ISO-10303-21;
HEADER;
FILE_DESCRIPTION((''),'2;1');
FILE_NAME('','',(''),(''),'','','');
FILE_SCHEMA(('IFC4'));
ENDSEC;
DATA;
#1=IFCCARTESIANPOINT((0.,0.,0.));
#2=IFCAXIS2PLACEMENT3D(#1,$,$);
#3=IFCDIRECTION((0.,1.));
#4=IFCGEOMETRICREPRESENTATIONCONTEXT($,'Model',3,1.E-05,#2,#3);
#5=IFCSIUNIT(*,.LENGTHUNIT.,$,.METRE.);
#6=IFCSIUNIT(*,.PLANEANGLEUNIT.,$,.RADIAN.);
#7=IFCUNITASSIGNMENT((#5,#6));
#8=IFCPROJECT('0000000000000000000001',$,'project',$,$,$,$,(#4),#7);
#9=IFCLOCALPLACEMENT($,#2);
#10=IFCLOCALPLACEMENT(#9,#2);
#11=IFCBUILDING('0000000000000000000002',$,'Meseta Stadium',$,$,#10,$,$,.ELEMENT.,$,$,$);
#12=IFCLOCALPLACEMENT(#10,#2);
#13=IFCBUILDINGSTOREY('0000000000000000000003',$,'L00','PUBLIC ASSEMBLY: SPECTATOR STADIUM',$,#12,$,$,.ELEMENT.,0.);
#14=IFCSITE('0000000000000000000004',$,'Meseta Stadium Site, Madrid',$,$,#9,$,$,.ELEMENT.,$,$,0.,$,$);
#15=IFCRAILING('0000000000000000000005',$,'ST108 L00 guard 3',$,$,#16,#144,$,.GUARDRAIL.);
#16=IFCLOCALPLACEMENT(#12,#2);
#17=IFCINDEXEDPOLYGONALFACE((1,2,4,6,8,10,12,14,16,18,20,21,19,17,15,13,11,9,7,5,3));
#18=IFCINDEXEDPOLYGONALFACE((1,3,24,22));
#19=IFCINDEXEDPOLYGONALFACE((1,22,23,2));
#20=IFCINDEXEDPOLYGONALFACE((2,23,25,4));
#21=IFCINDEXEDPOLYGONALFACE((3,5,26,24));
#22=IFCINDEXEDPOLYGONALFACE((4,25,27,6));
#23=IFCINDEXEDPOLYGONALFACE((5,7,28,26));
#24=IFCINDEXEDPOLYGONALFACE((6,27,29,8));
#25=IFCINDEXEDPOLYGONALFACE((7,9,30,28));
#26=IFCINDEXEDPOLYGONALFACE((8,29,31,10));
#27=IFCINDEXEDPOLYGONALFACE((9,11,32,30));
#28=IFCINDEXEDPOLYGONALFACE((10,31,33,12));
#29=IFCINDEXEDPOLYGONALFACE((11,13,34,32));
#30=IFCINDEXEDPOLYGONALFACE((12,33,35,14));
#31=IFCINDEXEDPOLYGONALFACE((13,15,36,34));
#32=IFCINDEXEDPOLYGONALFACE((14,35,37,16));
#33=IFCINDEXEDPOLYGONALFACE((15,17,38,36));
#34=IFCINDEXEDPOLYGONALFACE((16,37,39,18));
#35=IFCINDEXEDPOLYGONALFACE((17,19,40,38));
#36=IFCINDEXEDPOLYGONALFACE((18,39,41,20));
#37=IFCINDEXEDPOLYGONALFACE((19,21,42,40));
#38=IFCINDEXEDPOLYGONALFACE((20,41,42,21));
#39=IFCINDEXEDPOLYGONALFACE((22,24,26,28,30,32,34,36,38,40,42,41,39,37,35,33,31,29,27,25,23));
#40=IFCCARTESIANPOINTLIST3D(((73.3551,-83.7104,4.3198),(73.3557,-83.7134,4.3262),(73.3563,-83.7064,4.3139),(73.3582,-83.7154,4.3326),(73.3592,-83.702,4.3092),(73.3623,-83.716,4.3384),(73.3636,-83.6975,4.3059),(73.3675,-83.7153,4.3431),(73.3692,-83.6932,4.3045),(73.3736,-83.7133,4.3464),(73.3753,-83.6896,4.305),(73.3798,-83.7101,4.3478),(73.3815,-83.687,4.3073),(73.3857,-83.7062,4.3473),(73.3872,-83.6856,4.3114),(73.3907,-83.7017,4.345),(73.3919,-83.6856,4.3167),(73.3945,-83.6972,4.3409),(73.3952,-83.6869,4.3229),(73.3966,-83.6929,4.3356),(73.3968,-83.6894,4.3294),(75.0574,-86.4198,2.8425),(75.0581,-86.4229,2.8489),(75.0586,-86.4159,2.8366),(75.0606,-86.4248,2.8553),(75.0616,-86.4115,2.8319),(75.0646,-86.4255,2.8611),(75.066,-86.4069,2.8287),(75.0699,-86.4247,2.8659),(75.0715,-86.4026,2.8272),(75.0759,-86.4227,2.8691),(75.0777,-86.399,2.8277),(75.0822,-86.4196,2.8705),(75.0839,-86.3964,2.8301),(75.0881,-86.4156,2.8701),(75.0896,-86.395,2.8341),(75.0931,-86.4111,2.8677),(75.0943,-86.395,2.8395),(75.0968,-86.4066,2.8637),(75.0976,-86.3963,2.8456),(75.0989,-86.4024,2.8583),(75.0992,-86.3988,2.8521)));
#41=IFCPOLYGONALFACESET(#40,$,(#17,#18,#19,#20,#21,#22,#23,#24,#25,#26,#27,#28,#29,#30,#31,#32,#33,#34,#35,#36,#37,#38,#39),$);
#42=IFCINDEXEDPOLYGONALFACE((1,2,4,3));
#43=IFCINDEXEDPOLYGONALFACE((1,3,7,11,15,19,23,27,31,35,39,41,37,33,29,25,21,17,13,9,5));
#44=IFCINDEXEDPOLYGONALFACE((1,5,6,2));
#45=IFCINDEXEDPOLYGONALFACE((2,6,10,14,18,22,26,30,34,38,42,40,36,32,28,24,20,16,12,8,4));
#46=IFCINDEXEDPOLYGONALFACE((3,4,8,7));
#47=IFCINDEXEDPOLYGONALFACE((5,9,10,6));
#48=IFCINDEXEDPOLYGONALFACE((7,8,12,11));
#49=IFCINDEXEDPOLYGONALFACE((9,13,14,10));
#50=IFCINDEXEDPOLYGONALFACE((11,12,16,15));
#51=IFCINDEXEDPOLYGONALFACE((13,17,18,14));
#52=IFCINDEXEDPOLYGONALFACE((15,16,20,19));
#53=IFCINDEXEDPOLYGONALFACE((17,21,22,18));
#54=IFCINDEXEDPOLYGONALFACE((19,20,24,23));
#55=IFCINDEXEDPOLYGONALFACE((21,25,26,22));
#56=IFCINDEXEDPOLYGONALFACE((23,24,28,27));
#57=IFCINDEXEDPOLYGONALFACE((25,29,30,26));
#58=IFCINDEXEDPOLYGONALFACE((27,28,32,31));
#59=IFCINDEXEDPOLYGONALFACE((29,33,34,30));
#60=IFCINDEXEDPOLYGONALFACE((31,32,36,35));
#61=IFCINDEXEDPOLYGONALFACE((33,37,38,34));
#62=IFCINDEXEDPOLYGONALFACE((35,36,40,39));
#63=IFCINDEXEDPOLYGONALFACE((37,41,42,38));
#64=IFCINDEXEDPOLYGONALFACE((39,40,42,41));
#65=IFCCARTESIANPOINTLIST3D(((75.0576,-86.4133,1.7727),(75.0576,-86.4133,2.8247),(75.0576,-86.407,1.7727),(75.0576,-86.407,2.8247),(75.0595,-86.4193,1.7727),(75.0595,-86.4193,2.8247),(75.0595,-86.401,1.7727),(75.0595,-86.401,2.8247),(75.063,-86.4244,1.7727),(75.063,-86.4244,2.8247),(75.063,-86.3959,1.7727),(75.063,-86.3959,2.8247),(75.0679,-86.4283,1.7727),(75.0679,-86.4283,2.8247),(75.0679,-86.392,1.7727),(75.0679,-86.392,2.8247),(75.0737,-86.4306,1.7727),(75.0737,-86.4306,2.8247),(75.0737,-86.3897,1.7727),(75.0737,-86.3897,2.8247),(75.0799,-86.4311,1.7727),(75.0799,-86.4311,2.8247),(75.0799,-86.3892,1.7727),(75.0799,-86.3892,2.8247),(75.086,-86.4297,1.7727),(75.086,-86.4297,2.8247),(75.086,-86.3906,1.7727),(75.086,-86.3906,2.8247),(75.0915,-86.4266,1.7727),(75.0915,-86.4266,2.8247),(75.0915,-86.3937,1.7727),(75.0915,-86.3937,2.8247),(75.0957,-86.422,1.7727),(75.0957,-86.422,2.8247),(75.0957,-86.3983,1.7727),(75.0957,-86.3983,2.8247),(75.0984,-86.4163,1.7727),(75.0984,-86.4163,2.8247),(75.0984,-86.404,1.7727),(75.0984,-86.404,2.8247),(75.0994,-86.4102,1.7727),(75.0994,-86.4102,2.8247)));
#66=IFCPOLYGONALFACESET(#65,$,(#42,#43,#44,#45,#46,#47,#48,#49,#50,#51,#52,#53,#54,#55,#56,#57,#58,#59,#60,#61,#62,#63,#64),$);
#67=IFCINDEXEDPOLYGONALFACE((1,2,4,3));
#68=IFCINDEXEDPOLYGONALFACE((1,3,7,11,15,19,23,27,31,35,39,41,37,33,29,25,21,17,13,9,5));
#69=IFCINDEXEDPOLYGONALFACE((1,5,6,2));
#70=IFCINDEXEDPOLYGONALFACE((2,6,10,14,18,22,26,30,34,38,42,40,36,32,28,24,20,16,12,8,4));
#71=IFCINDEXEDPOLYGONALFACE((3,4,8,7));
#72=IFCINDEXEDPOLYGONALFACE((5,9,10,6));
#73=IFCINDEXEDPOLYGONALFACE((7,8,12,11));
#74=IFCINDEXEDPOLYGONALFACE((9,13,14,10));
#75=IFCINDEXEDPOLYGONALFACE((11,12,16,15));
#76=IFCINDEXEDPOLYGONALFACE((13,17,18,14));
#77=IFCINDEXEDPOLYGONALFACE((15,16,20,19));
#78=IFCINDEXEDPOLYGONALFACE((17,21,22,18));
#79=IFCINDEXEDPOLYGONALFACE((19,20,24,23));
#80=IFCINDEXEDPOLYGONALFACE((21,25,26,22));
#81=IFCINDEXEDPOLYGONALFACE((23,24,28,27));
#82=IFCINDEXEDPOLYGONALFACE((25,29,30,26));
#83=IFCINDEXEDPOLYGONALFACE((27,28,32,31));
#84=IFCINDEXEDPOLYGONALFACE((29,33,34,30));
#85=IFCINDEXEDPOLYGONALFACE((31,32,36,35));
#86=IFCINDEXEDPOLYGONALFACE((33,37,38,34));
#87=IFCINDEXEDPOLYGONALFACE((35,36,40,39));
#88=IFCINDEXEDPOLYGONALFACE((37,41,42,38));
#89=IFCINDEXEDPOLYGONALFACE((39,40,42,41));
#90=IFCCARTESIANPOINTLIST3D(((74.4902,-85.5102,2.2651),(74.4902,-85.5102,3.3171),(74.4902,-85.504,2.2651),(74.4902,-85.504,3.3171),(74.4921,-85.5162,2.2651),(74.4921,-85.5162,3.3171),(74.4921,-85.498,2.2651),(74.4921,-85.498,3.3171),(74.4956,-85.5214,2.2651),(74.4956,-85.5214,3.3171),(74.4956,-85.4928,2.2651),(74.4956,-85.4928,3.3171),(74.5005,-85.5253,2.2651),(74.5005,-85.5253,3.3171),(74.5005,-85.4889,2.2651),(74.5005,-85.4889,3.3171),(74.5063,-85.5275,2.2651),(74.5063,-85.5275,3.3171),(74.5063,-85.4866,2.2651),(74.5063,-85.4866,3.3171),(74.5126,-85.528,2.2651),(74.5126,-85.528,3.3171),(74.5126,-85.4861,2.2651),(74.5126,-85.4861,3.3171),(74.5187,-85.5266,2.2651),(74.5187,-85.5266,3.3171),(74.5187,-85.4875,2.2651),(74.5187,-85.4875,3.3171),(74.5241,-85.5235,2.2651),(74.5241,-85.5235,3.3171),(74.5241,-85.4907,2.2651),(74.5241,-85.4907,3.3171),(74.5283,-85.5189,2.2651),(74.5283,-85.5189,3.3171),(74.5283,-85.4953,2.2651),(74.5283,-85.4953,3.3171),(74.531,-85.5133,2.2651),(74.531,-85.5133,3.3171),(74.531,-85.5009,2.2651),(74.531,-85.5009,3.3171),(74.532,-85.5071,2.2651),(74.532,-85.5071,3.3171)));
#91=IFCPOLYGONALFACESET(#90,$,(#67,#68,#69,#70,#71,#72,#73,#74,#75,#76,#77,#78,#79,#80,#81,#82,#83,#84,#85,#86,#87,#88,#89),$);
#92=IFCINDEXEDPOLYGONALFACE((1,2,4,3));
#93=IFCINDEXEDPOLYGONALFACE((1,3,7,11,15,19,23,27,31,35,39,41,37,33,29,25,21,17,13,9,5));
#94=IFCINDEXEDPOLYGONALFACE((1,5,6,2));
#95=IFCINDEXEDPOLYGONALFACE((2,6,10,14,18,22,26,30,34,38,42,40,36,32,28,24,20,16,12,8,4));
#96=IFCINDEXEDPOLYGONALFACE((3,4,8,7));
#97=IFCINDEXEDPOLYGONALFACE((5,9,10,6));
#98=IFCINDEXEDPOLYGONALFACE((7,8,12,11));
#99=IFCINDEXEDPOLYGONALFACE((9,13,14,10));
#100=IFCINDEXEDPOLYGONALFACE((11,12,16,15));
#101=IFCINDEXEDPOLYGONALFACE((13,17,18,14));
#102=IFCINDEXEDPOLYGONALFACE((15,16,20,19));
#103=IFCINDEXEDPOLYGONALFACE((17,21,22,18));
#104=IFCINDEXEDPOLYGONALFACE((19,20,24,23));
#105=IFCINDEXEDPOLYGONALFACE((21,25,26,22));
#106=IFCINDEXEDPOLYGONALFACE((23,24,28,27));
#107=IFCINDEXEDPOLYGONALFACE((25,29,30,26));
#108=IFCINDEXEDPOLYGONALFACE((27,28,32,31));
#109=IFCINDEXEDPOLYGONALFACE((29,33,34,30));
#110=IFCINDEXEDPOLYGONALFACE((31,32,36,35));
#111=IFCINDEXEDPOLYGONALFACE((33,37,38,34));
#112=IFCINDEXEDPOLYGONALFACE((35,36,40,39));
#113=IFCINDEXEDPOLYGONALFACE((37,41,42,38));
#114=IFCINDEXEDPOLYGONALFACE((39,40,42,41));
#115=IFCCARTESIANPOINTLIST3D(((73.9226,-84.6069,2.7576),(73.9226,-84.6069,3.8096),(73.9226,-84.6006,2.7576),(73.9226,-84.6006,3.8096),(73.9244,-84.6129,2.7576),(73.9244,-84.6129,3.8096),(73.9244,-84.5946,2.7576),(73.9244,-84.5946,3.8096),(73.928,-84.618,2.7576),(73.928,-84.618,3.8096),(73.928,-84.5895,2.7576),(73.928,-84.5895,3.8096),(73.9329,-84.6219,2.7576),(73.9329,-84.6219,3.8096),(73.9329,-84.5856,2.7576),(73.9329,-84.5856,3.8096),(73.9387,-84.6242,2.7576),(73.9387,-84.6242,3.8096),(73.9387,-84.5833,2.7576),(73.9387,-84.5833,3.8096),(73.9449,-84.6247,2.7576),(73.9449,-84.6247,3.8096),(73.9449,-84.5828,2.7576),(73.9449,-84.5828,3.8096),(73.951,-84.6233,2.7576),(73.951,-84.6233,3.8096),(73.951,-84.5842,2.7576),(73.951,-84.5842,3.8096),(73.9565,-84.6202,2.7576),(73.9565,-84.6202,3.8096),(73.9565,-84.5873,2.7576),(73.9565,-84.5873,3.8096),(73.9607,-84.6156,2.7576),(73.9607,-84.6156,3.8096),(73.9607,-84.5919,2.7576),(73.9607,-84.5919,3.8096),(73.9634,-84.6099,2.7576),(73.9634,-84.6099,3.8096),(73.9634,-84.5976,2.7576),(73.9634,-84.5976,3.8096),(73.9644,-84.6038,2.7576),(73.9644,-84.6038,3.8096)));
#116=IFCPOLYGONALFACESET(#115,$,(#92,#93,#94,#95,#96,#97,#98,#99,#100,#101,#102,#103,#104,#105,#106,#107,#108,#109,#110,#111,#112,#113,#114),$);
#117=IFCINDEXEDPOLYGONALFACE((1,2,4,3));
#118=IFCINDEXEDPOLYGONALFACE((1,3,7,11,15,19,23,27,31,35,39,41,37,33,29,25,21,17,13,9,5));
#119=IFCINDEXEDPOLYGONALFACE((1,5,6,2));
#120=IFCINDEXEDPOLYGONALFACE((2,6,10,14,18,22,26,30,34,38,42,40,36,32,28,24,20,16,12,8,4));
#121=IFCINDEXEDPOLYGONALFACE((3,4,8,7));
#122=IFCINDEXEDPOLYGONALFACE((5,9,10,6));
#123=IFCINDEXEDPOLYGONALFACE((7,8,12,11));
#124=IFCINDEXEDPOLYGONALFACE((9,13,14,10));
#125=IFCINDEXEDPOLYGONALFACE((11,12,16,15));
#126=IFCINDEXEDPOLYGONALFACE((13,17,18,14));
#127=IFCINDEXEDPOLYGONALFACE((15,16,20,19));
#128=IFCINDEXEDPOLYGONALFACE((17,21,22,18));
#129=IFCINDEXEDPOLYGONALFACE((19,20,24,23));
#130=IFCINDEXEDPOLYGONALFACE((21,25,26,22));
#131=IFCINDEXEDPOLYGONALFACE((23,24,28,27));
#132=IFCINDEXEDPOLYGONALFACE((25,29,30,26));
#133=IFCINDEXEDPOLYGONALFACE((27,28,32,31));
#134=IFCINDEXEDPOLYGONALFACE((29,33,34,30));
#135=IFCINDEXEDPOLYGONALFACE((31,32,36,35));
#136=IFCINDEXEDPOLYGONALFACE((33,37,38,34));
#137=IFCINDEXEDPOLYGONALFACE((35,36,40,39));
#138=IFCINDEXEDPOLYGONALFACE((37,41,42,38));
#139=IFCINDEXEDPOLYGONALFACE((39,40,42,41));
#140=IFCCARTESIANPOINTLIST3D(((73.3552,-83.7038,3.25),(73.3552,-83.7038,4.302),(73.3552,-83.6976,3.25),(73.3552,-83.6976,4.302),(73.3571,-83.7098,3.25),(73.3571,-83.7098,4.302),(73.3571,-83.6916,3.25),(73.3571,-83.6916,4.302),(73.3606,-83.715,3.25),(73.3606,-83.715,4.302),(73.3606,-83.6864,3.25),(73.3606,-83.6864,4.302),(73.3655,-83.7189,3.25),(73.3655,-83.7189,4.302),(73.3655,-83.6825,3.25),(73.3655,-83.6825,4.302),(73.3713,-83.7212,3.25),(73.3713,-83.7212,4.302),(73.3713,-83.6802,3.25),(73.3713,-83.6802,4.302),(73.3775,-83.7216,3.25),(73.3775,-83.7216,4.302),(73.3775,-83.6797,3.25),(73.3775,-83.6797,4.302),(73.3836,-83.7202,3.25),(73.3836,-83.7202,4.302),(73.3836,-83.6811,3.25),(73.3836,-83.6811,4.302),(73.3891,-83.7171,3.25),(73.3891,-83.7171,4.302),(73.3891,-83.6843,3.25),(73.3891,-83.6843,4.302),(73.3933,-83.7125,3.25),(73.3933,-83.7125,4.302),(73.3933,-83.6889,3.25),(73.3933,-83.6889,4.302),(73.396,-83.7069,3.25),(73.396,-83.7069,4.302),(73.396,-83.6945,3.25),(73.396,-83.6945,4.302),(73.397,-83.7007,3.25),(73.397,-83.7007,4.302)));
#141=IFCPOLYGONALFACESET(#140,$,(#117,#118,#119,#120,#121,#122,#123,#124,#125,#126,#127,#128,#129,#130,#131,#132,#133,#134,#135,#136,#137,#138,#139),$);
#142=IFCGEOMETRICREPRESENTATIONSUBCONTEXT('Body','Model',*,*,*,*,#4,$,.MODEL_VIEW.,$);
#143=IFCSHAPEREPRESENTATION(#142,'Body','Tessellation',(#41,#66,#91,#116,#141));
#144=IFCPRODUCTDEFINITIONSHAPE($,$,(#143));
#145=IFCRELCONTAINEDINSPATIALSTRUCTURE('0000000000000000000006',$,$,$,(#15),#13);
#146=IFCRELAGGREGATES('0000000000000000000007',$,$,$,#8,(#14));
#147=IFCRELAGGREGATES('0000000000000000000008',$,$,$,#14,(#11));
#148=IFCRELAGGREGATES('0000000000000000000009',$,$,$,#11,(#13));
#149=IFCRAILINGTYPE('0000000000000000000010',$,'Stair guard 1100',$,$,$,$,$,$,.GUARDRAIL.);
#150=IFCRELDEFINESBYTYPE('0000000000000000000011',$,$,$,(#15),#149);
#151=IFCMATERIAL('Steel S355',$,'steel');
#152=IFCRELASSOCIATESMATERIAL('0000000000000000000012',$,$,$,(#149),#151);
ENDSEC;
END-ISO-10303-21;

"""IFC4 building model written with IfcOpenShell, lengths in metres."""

from ifc_helpers import new_model, si_unit, direction, frame, origin, origin_2d, place, context, subcontext, project, spatial, circle, extrude, material, type_object, element, save


model = new_model("IFC4")

# Units and contexts
model_context = context("Model", 3, precision=1e-05, world=origin(), true_north=direction((0.0, 1.0)))
body_context = subcontext(model_context, "Body", "Model", "MODEL_VIEW")
ifc_project = project(units=[si_unit("LENGTHUNIT", "METRE"), si_unit("PLANEANGLEUNIT", "RADIAN")], contexts=[model_context])

# Site, building, storey
site_placement = place(None, origin())
site = spatial("IfcSite", under=ifc_project, at=site_placement, Name="Meseta Stadium Site, Madrid", CompositionType="ELEMENT", RefElevation=0.0)
building_placement = place(site_placement, origin())
building = spatial("IfcBuilding", under=site, at=building_placement, Name="Meseta Stadium", CompositionType="ELEMENT")
storey_placement = place(building_placement, origin())
storey = spatial("IfcBuildingStorey", under=building, at=storey_placement, Name="L00", Description="PUBLIC ASSEMBLY: SPECTATOR STADIUM", CompositionType="ELEMENT", Elevation=0.0)

# Railing
ifc_material_1 = material(Name="Steel S355", Category="steel")
railing_type_1 = type_object("IfcRailingType", Name="Stair guard 1100", PredefinedType="GUARDRAIL", material=ifc_material_1)
railing_1_placement = place(storey_placement, frame((75.0784, -86.4102, 1.7727)))
element("IfcRailing", 1, at=railing_1_placement, inside=storey, type_object=railing_type_1, Name="ST108 L00 guard 3", PredefinedType="GUARDRAIL", context=body_context, shape_type="SweptSolid", body=[
    extrude(circle(Radius=0.0239, at=origin_2d()), frame((0.0, 0.0, 1.0762), z_axis=(-0.483023, 0.768764, 0.419156), x_axis=(-0.846736, -0.532014, 0.0)), (0.0, 0.0, 1.0), 3.5244),
    extrude(circle(Radius=0.021, at=origin_2d()), origin(), (0.0, 0.0, 1.0), 1.052),
    extrude(circle(Radius=0.021, at=origin_2d()), frame((-0.5674, 0.9031, 0.4924)), (0.0, 0.0, 1.0), 1.052),
    extrude(circle(Radius=0.021, at=origin_2d()), frame((-1.135, 1.8064, 0.9849)), (0.0, 0.0, 1.0), 1.052),
    extrude(circle(Radius=0.021, at=origin_2d()), frame((-1.7024, 2.7095, 1.4773)), (0.0, 0.0, 1.0), 1.052),
])

save(model, "model.ifc")
